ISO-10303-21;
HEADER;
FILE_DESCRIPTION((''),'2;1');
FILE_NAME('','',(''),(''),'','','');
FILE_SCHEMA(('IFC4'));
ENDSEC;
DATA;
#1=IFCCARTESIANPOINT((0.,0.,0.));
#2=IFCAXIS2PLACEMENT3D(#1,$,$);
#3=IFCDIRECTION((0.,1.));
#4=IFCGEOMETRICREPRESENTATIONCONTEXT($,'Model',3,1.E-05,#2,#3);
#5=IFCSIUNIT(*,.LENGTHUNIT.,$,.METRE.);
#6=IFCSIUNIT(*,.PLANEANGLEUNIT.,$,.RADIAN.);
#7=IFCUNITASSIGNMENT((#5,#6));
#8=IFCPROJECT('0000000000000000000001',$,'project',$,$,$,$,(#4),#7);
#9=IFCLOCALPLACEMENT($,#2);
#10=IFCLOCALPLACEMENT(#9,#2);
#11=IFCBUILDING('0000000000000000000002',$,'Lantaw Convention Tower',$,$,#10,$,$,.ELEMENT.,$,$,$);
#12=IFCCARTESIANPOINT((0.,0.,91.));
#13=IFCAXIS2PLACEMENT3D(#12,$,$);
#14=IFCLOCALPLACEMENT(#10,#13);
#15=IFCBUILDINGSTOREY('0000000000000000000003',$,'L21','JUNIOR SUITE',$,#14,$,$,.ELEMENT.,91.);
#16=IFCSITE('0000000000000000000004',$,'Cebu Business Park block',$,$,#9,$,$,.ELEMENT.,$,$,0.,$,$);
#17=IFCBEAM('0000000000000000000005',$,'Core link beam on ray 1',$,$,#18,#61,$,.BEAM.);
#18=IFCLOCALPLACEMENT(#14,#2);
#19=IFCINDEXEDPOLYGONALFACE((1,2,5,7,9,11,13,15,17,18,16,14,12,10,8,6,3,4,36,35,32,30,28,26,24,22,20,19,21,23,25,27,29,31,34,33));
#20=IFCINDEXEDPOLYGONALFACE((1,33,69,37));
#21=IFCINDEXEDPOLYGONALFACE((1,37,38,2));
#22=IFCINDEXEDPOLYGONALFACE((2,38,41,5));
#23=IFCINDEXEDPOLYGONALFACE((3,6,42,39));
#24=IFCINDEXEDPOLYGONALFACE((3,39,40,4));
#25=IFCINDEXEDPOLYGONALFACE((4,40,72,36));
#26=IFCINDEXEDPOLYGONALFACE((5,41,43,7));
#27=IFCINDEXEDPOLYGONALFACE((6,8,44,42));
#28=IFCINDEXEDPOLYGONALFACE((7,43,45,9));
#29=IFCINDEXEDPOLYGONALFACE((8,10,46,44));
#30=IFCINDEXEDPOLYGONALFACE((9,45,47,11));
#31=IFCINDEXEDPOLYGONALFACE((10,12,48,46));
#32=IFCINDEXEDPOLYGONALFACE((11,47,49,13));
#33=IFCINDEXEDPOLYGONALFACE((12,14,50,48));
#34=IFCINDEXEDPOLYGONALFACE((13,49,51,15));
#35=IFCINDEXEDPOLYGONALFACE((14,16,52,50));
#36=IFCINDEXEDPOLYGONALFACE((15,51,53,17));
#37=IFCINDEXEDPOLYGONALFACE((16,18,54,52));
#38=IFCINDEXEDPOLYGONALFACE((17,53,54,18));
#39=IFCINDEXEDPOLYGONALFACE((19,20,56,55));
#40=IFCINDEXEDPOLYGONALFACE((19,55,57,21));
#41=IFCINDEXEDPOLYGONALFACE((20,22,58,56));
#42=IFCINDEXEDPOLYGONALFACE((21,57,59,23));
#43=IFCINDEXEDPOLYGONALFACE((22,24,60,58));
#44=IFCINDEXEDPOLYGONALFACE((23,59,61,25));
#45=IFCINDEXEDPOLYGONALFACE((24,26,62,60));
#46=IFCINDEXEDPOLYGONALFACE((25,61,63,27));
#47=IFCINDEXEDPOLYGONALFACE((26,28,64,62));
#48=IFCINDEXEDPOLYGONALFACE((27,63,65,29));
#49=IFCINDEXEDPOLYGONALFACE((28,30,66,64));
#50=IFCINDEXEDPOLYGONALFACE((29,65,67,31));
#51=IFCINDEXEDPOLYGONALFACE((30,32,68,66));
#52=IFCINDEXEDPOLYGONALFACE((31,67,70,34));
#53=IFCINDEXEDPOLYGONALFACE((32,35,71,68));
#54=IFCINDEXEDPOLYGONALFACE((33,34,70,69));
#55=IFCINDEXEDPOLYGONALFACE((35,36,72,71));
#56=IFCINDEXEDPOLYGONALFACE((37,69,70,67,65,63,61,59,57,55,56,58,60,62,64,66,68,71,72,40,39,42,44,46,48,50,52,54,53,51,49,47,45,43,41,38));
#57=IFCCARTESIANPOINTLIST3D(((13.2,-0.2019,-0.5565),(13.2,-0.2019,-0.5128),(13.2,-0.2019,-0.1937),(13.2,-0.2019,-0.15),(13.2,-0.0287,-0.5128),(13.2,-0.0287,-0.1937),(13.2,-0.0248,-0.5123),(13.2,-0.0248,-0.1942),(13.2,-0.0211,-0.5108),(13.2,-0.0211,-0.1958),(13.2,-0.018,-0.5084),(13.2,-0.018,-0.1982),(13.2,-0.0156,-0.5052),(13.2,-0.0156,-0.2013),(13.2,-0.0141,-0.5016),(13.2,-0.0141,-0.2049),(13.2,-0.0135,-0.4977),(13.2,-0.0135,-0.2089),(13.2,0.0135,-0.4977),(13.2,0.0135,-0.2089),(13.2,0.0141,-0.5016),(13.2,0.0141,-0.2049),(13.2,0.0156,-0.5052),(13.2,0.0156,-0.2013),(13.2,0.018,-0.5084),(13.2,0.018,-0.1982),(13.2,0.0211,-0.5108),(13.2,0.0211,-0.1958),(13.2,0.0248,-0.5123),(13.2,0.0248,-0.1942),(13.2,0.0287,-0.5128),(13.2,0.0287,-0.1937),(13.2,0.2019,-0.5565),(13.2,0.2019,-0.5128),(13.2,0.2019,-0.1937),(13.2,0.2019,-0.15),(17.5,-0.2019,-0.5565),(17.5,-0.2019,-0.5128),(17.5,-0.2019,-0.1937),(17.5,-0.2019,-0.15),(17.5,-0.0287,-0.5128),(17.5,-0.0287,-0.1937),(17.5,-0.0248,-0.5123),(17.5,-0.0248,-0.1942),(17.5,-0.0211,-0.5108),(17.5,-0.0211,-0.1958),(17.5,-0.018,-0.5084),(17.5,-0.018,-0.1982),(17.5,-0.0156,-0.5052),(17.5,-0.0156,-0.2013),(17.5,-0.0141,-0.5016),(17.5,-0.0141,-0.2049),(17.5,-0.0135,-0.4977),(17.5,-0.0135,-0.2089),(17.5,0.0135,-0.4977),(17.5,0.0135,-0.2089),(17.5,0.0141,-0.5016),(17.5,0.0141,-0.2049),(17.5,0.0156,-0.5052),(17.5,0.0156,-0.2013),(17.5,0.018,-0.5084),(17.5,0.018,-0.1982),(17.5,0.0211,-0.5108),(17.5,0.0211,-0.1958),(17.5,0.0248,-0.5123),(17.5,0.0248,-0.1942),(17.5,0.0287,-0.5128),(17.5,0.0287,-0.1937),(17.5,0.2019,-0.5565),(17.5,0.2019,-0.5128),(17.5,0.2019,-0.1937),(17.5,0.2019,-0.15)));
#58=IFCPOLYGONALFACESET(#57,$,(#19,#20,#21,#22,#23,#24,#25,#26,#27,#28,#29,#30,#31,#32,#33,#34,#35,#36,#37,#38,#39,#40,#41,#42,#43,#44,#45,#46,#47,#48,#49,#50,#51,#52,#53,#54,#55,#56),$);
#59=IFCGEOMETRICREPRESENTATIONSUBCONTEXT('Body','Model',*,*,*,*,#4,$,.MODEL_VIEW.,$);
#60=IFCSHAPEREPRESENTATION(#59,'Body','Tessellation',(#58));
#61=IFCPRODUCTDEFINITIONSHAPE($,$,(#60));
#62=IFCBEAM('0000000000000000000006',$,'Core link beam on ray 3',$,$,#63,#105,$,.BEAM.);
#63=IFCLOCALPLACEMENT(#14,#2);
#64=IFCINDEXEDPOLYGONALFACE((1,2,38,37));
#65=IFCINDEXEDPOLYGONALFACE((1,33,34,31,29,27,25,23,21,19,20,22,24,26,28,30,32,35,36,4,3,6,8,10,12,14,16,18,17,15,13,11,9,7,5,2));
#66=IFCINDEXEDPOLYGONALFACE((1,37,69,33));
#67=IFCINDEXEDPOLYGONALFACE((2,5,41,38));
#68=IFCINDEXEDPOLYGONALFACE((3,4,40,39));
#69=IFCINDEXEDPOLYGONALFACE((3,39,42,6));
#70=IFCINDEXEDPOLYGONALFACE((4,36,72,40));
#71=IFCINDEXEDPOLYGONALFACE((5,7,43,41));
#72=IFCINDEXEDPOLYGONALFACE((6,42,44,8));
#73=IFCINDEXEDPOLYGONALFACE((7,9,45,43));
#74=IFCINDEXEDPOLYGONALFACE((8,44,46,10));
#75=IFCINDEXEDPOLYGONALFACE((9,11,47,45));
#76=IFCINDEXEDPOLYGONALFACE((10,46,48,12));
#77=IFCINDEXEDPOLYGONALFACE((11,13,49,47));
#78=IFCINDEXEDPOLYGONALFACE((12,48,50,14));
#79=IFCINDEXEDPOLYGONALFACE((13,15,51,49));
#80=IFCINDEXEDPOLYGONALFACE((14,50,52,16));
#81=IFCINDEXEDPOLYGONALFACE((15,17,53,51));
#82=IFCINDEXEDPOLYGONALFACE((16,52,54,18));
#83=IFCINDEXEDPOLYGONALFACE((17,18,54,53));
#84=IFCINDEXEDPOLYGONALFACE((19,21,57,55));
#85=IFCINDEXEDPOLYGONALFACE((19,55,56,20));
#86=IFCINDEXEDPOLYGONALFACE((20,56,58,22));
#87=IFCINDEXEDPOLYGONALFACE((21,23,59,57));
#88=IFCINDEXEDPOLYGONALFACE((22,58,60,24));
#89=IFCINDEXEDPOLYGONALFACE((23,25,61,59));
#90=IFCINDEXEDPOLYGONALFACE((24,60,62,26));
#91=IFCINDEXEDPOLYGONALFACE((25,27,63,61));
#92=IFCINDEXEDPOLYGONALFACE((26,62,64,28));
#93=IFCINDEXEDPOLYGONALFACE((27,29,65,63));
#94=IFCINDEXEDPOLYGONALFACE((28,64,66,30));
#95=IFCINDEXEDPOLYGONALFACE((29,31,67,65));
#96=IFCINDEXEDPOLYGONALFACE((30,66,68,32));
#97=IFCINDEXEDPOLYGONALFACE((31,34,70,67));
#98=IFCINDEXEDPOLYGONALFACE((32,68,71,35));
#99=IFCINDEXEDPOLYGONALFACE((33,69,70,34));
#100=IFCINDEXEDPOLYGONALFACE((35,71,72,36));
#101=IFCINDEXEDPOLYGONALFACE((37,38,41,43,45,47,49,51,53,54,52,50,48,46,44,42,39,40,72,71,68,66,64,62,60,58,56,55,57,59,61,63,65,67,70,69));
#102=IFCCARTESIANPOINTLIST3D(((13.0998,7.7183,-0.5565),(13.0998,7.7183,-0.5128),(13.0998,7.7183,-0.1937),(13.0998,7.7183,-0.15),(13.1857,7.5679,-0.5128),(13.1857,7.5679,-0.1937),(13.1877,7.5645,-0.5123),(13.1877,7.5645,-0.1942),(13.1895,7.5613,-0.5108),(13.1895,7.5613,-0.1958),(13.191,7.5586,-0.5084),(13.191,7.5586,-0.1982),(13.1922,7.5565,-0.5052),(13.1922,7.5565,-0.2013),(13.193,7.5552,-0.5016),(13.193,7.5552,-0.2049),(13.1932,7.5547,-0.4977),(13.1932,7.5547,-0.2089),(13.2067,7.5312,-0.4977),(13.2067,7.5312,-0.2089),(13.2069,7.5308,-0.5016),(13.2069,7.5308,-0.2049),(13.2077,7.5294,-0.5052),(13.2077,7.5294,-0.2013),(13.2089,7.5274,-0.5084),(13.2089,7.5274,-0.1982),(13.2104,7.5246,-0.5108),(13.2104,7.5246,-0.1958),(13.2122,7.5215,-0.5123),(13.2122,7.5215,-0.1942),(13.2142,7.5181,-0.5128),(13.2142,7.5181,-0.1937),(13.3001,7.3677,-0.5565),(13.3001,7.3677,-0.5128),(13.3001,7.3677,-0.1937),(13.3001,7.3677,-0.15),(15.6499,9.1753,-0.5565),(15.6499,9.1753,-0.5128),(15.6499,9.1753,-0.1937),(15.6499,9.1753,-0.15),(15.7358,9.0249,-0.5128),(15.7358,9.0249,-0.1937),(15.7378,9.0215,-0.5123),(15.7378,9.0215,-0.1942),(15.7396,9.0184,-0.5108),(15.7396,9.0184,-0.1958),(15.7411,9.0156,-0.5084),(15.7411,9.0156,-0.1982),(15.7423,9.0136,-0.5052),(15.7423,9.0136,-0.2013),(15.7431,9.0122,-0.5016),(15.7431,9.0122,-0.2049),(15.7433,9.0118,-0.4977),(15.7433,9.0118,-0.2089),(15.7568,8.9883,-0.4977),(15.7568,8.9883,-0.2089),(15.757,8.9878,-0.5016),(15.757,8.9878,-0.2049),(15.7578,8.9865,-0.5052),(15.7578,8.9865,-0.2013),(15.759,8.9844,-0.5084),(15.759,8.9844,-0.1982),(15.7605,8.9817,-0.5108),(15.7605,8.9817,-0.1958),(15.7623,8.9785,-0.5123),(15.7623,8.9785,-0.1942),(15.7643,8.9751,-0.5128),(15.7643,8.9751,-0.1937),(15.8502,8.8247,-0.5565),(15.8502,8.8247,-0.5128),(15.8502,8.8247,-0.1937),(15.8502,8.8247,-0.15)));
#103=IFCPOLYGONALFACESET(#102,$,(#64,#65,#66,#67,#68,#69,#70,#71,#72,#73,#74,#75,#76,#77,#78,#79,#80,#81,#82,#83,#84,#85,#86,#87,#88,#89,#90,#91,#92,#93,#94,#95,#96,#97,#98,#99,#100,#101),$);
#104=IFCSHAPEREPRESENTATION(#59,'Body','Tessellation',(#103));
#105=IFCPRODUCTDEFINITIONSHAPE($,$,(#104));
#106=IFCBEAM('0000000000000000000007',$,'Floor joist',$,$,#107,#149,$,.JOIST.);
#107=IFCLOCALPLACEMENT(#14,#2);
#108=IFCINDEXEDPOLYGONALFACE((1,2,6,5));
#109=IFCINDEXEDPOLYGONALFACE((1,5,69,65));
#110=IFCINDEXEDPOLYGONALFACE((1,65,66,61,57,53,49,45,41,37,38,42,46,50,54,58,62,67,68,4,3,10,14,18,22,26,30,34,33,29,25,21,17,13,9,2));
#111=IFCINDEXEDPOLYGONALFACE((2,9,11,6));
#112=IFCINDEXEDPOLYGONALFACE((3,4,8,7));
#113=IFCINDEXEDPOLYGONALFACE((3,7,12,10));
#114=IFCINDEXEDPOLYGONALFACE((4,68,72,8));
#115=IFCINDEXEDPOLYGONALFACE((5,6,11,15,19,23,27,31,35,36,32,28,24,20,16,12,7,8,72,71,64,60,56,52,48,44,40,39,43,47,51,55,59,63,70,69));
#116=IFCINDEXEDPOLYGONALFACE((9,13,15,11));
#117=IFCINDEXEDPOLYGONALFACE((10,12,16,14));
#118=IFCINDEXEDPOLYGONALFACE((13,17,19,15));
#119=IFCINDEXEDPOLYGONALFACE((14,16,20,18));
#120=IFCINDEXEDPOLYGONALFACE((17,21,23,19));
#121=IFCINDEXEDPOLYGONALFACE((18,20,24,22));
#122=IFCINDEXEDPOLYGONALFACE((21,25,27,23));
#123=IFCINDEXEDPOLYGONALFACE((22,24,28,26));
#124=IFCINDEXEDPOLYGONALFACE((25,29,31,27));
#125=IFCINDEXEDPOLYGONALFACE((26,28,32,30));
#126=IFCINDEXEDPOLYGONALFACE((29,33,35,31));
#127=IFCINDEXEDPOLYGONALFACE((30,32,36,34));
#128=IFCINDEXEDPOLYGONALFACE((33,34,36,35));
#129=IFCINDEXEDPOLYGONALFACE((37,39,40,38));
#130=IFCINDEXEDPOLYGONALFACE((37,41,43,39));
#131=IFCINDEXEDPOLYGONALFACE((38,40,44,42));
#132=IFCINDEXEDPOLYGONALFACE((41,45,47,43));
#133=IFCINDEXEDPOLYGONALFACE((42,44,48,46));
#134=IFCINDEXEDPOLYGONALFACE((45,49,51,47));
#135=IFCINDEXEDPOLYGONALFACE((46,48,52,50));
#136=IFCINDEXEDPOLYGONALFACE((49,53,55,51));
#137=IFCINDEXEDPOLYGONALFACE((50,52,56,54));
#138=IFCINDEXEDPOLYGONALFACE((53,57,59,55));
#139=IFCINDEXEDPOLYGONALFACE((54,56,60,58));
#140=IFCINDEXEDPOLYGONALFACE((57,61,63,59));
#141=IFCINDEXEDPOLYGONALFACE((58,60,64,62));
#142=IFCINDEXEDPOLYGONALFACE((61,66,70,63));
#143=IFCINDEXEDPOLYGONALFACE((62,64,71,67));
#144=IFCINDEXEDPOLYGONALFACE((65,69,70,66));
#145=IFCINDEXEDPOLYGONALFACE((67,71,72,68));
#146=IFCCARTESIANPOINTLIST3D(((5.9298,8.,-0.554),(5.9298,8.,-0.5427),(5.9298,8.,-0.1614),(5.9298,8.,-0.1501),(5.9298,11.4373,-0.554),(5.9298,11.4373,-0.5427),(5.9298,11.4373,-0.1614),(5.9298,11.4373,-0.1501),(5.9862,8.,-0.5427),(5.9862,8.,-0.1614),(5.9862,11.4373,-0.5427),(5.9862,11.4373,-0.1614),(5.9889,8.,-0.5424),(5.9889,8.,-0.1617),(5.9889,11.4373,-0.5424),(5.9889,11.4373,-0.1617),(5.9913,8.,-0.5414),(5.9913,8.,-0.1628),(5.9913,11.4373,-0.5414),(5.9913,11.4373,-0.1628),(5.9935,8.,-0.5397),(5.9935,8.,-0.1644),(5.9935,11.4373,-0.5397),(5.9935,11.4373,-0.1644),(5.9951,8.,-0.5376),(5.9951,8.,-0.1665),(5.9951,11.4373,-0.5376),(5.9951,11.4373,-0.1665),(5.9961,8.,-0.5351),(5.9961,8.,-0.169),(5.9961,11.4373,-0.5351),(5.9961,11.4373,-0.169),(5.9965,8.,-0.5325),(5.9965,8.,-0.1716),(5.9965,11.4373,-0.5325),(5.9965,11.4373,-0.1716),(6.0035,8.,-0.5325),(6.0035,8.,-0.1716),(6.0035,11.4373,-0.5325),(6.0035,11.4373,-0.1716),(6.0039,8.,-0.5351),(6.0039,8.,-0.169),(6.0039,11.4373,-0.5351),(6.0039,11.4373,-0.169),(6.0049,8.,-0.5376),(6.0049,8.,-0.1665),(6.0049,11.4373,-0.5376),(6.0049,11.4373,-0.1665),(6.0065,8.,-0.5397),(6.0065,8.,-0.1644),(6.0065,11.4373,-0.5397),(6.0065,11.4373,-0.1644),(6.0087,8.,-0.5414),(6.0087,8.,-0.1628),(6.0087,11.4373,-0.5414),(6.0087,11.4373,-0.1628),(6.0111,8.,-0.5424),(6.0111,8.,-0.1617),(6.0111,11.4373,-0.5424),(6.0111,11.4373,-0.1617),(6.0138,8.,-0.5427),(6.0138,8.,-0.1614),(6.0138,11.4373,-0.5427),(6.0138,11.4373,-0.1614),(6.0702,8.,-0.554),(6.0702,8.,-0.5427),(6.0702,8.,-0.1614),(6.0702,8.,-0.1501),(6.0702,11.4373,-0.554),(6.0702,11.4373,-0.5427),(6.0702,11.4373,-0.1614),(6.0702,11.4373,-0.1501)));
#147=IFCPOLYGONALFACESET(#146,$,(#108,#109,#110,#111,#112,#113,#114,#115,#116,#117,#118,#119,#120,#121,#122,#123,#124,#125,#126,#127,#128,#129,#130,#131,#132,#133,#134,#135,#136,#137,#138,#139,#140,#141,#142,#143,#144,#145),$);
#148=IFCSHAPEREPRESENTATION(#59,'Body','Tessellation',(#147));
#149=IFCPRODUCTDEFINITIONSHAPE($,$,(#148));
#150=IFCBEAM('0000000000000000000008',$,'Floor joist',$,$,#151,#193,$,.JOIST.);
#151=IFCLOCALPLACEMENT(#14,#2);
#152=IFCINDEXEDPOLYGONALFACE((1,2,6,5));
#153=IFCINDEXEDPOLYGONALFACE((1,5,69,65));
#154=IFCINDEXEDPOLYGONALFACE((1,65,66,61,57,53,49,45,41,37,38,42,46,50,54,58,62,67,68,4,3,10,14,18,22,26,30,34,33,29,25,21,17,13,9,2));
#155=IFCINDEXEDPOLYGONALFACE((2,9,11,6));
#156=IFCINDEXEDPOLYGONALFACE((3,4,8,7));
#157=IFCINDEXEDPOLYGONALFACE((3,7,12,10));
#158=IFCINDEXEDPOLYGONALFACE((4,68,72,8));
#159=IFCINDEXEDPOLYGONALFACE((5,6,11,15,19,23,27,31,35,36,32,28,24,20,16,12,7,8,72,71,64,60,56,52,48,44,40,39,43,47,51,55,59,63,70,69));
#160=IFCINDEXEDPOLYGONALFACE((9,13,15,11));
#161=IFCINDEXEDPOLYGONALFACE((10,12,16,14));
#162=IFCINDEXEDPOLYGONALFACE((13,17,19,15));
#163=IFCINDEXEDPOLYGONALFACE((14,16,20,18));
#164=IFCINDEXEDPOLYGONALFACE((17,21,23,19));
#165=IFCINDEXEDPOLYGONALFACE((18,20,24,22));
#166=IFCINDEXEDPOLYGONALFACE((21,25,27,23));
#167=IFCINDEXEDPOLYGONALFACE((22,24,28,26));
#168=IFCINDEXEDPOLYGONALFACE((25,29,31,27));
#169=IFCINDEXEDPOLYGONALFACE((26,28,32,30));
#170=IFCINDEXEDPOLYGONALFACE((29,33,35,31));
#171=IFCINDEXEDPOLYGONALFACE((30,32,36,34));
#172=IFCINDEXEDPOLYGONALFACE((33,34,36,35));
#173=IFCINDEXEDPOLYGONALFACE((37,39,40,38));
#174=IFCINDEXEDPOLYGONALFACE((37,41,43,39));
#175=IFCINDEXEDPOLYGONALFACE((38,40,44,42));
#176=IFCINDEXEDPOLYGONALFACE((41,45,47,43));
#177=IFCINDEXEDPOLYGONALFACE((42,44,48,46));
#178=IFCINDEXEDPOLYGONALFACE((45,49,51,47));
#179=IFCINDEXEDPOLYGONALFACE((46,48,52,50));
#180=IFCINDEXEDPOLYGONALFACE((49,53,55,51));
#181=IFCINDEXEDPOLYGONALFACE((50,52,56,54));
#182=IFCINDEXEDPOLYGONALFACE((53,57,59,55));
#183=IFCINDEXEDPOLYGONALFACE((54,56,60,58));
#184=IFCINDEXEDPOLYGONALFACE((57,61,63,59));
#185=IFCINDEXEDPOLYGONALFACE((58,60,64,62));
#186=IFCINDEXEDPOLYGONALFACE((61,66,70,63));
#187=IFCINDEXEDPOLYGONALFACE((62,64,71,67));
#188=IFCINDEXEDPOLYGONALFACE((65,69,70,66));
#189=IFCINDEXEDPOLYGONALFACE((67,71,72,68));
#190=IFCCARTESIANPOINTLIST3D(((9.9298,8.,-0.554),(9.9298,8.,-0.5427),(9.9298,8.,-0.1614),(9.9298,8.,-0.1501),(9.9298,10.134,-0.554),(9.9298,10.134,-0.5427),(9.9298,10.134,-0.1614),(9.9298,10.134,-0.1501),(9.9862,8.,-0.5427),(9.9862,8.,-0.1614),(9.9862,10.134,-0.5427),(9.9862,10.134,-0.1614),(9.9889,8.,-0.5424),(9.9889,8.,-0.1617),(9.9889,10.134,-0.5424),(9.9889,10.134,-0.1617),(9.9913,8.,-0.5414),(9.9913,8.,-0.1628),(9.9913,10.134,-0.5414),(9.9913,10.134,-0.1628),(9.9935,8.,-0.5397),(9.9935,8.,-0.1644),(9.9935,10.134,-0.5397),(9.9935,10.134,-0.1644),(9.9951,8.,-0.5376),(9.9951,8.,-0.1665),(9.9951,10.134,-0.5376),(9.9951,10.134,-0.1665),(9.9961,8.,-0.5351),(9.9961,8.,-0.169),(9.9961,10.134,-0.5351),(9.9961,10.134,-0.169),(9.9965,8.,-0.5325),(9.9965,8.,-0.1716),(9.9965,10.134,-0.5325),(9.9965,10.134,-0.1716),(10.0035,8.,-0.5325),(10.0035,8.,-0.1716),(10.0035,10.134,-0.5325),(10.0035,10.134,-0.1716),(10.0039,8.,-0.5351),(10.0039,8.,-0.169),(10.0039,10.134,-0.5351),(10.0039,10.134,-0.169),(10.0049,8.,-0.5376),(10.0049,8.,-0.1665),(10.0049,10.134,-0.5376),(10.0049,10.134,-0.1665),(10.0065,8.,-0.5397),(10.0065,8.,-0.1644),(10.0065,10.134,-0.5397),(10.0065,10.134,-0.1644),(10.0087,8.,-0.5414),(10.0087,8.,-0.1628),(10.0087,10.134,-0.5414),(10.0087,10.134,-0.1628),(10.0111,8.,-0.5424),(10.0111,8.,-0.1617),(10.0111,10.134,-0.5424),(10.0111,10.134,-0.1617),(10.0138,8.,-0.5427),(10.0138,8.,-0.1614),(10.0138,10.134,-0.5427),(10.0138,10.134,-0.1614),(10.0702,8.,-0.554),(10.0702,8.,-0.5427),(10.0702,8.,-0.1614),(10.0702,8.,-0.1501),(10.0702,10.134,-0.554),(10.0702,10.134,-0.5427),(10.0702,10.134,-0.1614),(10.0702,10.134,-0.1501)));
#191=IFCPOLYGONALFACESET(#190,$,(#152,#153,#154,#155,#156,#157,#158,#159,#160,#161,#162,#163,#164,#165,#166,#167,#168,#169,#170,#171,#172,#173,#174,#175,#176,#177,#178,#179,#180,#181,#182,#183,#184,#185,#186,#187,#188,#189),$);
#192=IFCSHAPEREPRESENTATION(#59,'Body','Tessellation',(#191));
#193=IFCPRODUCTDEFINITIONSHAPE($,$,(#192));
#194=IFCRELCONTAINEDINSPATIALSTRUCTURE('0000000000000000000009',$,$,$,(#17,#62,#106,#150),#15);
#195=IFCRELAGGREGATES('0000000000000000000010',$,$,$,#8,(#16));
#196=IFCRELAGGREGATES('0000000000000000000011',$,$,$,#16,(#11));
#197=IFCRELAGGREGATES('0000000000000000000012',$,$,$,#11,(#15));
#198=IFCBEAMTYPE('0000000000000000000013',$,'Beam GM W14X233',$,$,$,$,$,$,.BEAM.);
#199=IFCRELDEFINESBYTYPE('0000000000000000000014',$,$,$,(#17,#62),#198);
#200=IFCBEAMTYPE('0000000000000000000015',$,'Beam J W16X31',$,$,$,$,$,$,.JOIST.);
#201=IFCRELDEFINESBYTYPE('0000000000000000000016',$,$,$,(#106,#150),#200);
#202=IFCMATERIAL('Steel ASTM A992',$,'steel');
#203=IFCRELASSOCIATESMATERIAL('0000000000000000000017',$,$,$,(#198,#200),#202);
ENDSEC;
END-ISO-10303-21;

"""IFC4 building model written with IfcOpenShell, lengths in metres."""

from ifc_helpers import new_model, si_unit, direction, frame, origin, origin_2d, place, context, subcontext, project, spatial, i_section, extrude, material, material_profile, profile_set, type_object, element, save


model = new_model("IFC4")

# Units and contexts
model_context = context("Model", 3, precision=1e-05, world=origin(), true_north=direction((0.0, 1.0)))
body_context = subcontext(model_context, "Body", "Model", "MODEL_VIEW")
ifc_project = project(units=[si_unit("LENGTHUNIT", "METRE"), si_unit("PLANEANGLEUNIT", "RADIAN")], contexts=[model_context])

# Site, building, storey
site_placement = place(None, origin())
site = spatial("IfcSite", under=ifc_project, at=site_placement, Name="Cebu Business Park block", CompositionType="ELEMENT", RefElevation=0.0)
building_placement = place(site_placement, origin())
building = spatial("IfcBuilding", under=site, at=building_placement, Name="Lantaw Convention Tower", CompositionType="ELEMENT")
storey_placement = place(building_placement, frame((0.0, 0.0, 91.0)))
storey = spatial("IfcBuildingStorey", under=building, at=storey_placement, Name="L21", Description="JUNIOR SUITE", CompositionType="ELEMENT", Elevation=91.0)

# Beams
ifc_material_1 = material(Name="Steel ASTM A992", Category="steel")
ifc_material_profile_1 = material_profile(ifc_material_1, i_section(OverallWidth=0.4038, OverallDepth=0.4065, WebThickness=0.0271, FlangeThickness=0.0437, FilletRadius=0.0151, at=origin_2d()), Name="W14X233")
ifc_profile_set_1 = profile_set([ifc_material_profile_1], Name="Steel ASTM A992")
beam_type_1 = type_object("IfcBeamType", Name="Beam GM W14X233", PredefinedType="BEAM", material=ifc_profile_set_1)
beam_1_placement = place(storey_placement, frame((13.2, 0.0, -0.3533), z_axis=(1.0, 0.0, 0.0), x_axis=(0.0, 1.0, 0.0)))
element("IfcBeam", 1, at=beam_1_placement, inside=storey, type_object=beam_type_1, Name="Core link beam on ray 1", PredefinedType="BEAM", context=body_context, shape_type="SweptSolid", body=[
    extrude(i_section(OverallWidth=0.4038, OverallDepth=0.4065, WebThickness=0.0271, FlangeThickness=0.0437, FilletRadius=0.0151, at=origin_2d()), origin(), (0.0, 0.0, 1.0), 4.3),
])
beam_2_placement = place(storey_placement, frame((13.2, 7.543, -0.3533), z_axis=(0.868264, 0.496103, 0.0), x_axis=(-0.496103, 0.868264, 0.0)))
element("IfcBeam", 2, at=beam_2_placement, inside=storey, type_object=beam_type_1, Name="Core link beam on ray 3", PredefinedType="BEAM", context=body_context, shape_type="SweptSolid", body=[
    extrude(i_section(OverallWidth=0.4038, OverallDepth=0.4065, WebThickness=0.0271, FlangeThickness=0.0437, FilletRadius=0.0151, at=origin_2d()), origin(), (0.0, 0.0, 1.0), 2.937),
])
ifc_material_profile_2 = material_profile(ifc_material_1, i_section(OverallWidth=0.1404, OverallDepth=0.4038, WebThickness=0.0071, FlangeThickness=0.0112, FilletRadius=0.0103, at=origin_2d()), Name="W16X31")
ifc_profile_set_2 = profile_set([ifc_material_profile_2], Name="Steel ASTM A992")
beam_type_2 = type_object("IfcBeamType", Name="Beam J W16X31", PredefinedType="JOIST", material=ifc_profile_set_2)
beam_3_placement = place(storey_placement, frame((6.0, 8.0, -0.3521), z_axis=(0.0, 1.0, 0.0), x_axis=(-1.0, 0.0, 0.0)))
element("IfcBeam", 3, at=beam_3_placement, inside=storey, type_object=beam_type_2, Name="Floor joist", PredefinedType="JOIST", context=body_context, shape_type="SweptSolid", body=[
    extrude(i_section(OverallWidth=0.1404, OverallDepth=0.4038, WebThickness=0.0071, FlangeThickness=0.0112, FilletRadius=0.0103, at=origin_2d()), origin(), (0.0, 0.0, 1.0), 3.4373),
])
beam_4_placement = place(storey_placement, frame((10.0, 8.0, -0.3521), z_axis=(0.0, 1.0, 0.0), x_axis=(-1.0, 0.0, 0.0)))
element("IfcBeam", 4, at=beam_4_placement, inside=storey, type_object=beam_type_2, Name="Floor joist", PredefinedType="JOIST", context=body_context, shape_type="SweptSolid", body=[
    extrude(i_section(OverallWidth=0.1404, OverallDepth=0.4038, WebThickness=0.0071, FlangeThickness=0.0112, FilletRadius=0.0103, at=origin_2d()), origin(), (0.0, 0.0, 1.0), 2.134),
])

save(model, "model.ifc")
